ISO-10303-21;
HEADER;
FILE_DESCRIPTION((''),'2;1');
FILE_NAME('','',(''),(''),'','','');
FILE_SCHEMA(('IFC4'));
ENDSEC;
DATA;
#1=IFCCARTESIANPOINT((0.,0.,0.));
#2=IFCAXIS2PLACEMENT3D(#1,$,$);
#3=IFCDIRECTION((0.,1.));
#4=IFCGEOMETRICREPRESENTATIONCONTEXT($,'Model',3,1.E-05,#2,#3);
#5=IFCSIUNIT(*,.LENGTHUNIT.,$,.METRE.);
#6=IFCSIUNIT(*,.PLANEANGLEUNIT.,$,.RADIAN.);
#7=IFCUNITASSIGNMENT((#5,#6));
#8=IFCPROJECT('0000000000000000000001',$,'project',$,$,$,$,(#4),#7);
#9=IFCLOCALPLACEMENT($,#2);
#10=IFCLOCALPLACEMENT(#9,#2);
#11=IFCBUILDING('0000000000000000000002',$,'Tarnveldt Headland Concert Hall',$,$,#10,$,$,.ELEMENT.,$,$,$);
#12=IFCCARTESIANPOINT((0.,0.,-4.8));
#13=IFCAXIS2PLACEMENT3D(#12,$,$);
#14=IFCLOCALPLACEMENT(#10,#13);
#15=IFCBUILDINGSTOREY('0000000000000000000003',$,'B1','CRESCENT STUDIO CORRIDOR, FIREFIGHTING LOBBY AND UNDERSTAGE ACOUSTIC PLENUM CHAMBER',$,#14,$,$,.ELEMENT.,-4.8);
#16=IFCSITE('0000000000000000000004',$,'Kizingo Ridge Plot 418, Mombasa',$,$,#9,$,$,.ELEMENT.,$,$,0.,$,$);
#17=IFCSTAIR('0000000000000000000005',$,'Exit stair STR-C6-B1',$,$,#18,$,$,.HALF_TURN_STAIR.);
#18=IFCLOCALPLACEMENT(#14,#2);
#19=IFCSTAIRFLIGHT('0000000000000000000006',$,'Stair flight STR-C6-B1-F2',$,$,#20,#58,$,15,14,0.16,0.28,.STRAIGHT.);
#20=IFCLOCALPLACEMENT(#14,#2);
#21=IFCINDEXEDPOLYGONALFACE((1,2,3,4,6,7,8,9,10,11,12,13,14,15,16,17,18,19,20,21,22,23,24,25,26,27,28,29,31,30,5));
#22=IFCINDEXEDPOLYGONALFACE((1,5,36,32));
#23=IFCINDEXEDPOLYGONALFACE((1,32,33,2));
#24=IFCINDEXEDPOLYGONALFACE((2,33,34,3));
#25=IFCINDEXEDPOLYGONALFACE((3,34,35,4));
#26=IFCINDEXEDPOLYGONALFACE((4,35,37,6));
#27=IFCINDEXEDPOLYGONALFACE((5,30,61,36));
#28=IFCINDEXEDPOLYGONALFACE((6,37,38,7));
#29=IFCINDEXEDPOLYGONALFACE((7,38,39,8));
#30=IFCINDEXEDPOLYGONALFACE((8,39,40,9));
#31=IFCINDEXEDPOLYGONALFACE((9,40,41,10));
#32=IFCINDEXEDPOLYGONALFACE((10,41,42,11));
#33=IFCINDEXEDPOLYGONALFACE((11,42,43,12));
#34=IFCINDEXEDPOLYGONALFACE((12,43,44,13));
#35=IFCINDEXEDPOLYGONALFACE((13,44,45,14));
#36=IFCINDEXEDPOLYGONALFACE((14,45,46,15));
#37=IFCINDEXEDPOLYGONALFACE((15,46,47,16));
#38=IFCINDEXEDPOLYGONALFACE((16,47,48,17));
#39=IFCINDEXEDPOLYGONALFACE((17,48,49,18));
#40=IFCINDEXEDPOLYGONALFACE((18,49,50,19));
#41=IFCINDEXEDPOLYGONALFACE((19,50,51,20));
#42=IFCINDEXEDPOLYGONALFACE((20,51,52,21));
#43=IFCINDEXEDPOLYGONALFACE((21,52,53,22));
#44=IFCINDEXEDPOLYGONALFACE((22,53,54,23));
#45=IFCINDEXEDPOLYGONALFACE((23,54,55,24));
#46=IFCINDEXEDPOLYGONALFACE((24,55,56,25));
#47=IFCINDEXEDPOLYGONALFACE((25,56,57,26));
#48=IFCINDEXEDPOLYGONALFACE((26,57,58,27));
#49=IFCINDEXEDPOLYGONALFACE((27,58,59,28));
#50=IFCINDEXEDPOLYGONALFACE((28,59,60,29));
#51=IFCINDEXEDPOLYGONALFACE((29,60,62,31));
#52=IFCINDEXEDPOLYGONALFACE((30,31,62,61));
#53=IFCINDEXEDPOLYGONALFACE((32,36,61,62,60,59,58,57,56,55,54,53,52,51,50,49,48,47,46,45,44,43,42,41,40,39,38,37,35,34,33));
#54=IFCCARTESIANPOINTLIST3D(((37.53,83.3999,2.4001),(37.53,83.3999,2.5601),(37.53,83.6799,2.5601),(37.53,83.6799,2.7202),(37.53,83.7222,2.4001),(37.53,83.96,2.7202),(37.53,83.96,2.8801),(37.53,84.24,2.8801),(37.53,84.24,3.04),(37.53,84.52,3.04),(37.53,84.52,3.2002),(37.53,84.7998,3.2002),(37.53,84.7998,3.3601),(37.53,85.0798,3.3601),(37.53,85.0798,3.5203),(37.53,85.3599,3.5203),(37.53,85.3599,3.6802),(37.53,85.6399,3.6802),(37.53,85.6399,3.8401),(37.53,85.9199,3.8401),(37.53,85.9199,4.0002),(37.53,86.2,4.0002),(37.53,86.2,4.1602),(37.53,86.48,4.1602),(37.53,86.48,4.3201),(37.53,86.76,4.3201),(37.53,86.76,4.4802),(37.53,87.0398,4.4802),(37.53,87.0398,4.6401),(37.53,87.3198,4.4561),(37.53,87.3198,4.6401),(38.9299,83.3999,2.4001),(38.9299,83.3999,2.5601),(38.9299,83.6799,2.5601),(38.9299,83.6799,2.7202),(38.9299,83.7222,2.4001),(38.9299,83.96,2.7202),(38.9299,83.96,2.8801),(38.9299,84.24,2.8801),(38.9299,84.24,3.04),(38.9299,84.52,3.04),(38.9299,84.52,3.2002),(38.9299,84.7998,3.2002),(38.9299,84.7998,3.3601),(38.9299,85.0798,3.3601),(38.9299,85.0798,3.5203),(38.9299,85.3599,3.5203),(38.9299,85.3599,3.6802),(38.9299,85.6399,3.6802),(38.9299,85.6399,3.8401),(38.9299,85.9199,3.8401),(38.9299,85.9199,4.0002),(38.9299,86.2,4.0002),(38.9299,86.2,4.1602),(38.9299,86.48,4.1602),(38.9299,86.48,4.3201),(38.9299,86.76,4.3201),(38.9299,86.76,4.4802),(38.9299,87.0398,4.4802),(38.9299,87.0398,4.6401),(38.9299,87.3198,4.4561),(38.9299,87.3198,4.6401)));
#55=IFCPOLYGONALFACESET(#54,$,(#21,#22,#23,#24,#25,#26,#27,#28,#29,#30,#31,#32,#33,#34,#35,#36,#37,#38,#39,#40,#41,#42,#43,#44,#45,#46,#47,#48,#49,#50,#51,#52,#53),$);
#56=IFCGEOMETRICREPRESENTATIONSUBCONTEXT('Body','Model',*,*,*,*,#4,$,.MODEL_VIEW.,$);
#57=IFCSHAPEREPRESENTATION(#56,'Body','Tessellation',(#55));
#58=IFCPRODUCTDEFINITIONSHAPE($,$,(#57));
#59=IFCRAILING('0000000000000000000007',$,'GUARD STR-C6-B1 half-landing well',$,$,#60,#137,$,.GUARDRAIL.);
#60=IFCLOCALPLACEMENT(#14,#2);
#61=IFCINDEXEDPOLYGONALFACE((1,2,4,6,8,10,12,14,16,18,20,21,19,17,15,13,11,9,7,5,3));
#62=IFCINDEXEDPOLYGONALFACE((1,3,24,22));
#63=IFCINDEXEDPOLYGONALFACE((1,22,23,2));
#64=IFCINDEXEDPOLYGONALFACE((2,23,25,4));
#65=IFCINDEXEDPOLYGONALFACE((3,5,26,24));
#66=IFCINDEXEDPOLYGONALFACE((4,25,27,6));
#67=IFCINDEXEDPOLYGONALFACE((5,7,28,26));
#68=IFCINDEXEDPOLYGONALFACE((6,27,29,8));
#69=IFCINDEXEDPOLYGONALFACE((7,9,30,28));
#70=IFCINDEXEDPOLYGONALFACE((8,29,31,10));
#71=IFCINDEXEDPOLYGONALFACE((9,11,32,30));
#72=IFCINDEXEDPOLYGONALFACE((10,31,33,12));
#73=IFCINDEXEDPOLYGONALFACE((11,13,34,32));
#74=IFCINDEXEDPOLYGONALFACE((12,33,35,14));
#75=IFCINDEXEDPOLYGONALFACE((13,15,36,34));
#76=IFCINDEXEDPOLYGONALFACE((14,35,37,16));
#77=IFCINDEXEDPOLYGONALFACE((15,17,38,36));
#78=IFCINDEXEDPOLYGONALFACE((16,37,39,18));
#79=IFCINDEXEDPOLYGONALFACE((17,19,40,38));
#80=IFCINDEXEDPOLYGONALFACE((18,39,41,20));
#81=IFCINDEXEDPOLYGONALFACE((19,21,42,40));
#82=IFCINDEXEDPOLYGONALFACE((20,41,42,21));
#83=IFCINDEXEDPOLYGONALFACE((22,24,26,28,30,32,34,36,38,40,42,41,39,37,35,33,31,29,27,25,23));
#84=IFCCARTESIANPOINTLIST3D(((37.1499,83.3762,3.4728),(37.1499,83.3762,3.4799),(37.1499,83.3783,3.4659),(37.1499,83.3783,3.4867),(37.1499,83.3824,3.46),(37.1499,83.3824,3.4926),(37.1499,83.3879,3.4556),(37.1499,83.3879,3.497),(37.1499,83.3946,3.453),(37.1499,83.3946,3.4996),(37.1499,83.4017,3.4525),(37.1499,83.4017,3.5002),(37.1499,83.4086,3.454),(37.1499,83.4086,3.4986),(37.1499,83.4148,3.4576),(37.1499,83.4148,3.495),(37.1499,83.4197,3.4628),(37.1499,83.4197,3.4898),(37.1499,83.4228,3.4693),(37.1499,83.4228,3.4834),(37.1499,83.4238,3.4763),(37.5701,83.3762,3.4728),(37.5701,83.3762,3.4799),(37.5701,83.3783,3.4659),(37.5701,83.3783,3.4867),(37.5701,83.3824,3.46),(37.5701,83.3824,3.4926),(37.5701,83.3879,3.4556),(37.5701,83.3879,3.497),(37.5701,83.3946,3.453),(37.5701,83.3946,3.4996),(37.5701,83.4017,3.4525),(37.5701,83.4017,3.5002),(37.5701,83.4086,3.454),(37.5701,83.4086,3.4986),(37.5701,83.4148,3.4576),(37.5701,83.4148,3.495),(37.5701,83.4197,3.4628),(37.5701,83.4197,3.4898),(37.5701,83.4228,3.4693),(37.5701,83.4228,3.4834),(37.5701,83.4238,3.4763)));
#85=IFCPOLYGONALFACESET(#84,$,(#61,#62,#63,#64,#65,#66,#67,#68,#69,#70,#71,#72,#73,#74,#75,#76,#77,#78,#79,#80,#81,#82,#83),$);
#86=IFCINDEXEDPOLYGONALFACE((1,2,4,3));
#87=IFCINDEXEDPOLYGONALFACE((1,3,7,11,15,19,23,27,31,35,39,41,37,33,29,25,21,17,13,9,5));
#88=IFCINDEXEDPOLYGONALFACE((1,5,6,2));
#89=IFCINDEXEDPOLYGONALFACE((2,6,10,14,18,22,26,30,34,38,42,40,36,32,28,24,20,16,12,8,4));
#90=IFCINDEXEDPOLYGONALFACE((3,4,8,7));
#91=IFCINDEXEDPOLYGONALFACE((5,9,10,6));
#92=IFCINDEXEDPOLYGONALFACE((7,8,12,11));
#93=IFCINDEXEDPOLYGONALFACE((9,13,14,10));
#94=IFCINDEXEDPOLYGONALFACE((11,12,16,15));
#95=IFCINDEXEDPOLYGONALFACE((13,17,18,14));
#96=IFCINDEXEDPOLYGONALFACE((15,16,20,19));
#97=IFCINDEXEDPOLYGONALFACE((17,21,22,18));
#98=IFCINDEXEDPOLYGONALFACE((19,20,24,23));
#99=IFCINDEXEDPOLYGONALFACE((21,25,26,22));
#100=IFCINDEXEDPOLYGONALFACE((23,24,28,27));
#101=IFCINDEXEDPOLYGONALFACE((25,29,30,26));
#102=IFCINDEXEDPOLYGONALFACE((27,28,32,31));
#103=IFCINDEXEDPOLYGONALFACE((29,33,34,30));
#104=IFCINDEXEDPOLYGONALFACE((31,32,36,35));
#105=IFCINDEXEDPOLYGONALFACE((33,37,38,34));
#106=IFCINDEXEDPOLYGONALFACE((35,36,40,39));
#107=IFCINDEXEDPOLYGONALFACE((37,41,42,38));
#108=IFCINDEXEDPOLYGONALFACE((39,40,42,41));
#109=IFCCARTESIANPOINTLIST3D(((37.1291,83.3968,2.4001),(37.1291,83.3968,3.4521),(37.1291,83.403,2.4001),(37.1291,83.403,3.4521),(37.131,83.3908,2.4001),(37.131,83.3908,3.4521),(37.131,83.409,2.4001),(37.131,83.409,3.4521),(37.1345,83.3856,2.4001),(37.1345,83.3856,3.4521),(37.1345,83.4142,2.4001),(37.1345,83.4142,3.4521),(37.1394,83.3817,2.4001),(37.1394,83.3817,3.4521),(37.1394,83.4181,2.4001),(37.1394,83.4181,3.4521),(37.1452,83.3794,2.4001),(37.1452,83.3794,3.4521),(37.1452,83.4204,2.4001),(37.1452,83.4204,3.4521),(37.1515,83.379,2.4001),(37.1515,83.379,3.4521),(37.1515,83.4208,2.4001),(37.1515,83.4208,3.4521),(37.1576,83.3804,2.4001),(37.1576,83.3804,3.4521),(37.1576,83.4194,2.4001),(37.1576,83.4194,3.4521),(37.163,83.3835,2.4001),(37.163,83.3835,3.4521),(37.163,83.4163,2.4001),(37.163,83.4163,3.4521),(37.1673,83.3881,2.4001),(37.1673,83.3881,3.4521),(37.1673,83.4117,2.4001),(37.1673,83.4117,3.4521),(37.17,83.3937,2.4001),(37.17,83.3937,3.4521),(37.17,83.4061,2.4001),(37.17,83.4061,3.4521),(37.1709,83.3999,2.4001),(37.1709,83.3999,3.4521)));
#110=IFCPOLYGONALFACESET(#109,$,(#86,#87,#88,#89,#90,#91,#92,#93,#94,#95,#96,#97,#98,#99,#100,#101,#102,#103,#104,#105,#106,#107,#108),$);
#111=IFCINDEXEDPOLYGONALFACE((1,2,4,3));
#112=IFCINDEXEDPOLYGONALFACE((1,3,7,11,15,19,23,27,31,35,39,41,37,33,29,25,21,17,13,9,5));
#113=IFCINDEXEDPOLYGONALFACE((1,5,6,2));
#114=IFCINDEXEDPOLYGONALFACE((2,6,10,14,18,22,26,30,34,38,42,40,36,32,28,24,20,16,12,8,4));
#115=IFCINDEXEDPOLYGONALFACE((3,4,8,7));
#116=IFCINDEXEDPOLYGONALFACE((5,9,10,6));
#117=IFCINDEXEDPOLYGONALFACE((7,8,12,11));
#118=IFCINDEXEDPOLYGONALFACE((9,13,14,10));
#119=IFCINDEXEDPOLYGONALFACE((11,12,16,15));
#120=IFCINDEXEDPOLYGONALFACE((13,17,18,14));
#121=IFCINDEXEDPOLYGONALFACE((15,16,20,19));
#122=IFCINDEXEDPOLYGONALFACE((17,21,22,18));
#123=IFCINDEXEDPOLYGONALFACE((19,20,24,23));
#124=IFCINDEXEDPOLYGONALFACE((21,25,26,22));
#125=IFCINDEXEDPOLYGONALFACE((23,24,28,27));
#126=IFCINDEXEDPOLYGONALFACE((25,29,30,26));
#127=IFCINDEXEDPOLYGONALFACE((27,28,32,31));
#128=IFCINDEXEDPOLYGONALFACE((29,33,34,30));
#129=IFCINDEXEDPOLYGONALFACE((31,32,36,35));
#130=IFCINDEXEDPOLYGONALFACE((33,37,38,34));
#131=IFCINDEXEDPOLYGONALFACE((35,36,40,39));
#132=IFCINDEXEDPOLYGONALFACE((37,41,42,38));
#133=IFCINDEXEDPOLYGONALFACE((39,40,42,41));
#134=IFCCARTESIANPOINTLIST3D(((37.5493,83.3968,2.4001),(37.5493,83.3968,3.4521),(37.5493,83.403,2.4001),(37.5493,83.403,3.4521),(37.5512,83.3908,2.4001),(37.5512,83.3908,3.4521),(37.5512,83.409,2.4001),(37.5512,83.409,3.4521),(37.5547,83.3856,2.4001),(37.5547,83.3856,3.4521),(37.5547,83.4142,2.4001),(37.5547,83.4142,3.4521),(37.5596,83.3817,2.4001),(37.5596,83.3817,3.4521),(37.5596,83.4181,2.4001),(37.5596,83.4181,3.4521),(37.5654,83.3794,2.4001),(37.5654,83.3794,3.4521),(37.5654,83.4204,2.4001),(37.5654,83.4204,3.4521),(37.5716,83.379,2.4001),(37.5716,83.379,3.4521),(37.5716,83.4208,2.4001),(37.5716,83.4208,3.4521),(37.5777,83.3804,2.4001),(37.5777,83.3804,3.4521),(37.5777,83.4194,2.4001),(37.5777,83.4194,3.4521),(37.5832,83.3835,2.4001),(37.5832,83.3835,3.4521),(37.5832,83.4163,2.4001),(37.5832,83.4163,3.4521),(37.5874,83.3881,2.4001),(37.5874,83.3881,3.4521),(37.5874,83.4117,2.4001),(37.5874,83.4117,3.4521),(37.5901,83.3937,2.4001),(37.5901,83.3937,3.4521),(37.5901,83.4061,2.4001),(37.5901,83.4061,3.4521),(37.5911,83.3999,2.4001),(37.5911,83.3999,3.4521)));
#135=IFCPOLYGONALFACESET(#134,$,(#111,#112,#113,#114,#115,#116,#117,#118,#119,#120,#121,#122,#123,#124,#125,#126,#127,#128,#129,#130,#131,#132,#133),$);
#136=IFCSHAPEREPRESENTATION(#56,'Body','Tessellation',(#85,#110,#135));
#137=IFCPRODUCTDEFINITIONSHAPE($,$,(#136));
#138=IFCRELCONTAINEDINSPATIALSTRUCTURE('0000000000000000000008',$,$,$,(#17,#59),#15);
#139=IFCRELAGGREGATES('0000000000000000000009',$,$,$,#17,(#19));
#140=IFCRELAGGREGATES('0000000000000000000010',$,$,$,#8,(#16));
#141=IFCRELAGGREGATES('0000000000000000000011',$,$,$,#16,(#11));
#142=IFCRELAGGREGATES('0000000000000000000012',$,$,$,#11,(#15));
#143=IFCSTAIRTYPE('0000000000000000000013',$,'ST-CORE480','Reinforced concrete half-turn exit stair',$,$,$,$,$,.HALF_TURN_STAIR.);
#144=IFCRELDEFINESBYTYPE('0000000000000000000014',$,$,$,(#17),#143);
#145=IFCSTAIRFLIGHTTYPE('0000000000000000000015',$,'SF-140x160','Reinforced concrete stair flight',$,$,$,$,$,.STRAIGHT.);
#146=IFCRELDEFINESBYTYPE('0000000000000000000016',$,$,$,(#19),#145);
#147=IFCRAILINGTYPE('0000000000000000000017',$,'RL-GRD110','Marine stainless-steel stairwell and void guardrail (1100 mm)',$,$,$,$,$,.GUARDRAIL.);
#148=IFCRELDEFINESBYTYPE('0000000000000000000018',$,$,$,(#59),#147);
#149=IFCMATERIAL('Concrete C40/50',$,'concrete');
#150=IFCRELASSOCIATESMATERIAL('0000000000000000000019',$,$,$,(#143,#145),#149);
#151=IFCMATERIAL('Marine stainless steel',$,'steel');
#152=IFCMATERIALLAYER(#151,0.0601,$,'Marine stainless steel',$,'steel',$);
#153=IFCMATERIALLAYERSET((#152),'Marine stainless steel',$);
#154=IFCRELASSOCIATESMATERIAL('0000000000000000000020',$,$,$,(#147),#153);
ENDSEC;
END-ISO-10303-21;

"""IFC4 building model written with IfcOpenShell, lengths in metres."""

from ifc_helpers import new_model, si_unit, direction, frame, origin, origin_2d, place, context, subcontext, project, spatial, polyline, circle, outline, extrude, material, layer, layer_set, type_object, element, aggregate, save


model = new_model("IFC4")

# Units and contexts
model_context = context("Model", 3, precision=1e-05, world=origin(), true_north=direction((0.0, 1.0)))
body_context = subcontext(model_context, "Body", "Model", "MODEL_VIEW")
ifc_project = project(units=[si_unit("LENGTHUNIT", "METRE"), si_unit("PLANEANGLEUNIT", "RADIAN")], contexts=[model_context])

# Site, building, storey
site_placement = place(None, origin())
site = spatial("IfcSite", under=ifc_project, at=site_placement, Name="Kizingo Ridge Plot 418, Mombasa", CompositionType="ELEMENT", RefElevation=0.0)
building_placement = place(site_placement, origin())
building = spatial("IfcBuilding", under=site, at=building_placement, Name="Tarnveldt Headland Concert Hall", CompositionType="ELEMENT")
storey_placement = place(building_placement, frame((0.0, 0.0, -4.8)))
storey = spatial("IfcBuildingStorey", under=building, at=storey_placement, Name="B1", Description="CRESCENT STUDIO CORRIDOR, FIREFIGHTING LOBBY AND UNDERSTAGE ACOUSTIC PLENUM CHAMBER", CompositionType="ELEMENT", Elevation=-4.8)

# Shared definitions
ifc_material_1 = material(Name="Concrete C40/50", Category="concrete")

# Stair, stair flight
stair_type = type_object("IfcStairType", Name="ST-CORE480", Description="Reinforced concrete half-turn exit stair", PredefinedType="HALF_TURN_STAIR", material=ifc_material_1)
stair_placement = place(storey_placement, origin())
stair = element("IfcStair", 1, at=stair_placement, inside=storey, type_object=stair_type, Name="Exit stair STR-C6-B1", PredefinedType="HALF_TURN_STAIR")
stair_flight_type = type_object("IfcStairFlightType", Name="SF-140x160", Description="Reinforced concrete stair flight", PredefinedType="STRAIGHT", material=ifc_material_1)
stair_flight_1_placement = place(storey_placement, frame((38.23, 83.3999, 2.4001), z_axis=(0.0, 0.0, 1.0), x_axis=(0.0, 1.0, 0.0)))
stair_flight_1 = element("IfcStairFlight", 2, at=stair_flight_1_placement, type_object=stair_flight_type, Name="Stair flight STR-C6-B1-F2", NumberOfRisers=15, NumberOfTreads=14, PredefinedType="STRAIGHT", RiserHeight=0.16, TreadLength=0.28, context=body_context, shape_type="SweptSolid", body=[
    extrude(outline(polyline([(0.0, 0.0), (0.0, 0.1599), (0.28, 0.1599), (0.28, 0.3201), (0.5601, 0.3201), (0.5601, 0.48), (0.8401, 0.48), (0.8401, 0.6399), (1.1201, 0.6399), (1.1201, 0.8), (1.3999, 0.8), (1.3999, 0.96), (1.6799, 0.96), (1.6799, 1.1201), (1.96, 1.1201), (1.96, 1.28), (2.24, 1.28), (2.24, 1.4399), (2.52, 1.4399), (2.52, 1.6001), (2.8, 1.6001), (2.8, 1.76), (3.0801, 1.76), (3.0801, 1.9199), (3.3601, 1.9199), (3.3601, 2.0801), (3.6399, 2.0801), (3.6399, 2.24), (3.9199, 2.24), (3.9199, 2.3999), (3.9199, 2.0559), (0.3223, 0.0), (0.0, 0.0)])), frame((0.0, 0.7, 0.0), z_axis=(0.0, -1.0, 0.0), x_axis=(1.0, 0.0, 0.0)), (0.0, 0.0, 1.0), 1.3999),
])
aggregate(stair, [stair_flight_1])

# Railing
ifc_material_2 = material(Name="Marine stainless steel", Category="steel")
ifc_layer_1 = layer(ifc_material_2, 0.0601, Name="Marine stainless steel", Category="steel")
ifc_layer_set_1 = layer_set([ifc_layer_1], Name="Marine stainless steel")
railing_type_1 = type_object("IfcRailingType", Name="RL-GRD110", Description="Marine stainless-steel stairwell and void guardrail (1100 mm)", PredefinedType="GUARDRAIL", material=ifc_layer_set_1)
railing_1_placement = place(storey_placement, frame((37.1499, 83.3999, 2.4001)))
element("IfcRailing", 3, at=railing_1_placement, inside=storey, type_object=railing_type_1, Name="GUARD STR-C6-B1 half-landing well", PredefinedType="GUARDRAIL", context=body_context, shape_type="SweptSolid", body=[
    extrude(circle(Radius=0.0239, at=origin_2d()), frame((0.0, 0.0, 1.0762), z_axis=(1.0, 0.0, 0.0), x_axis=(0.0, 1.0, 0.0)), (0.0, 0.0, 1.0), 0.4202),
    extrude(circle(Radius=0.021, at=origin_2d()), origin(), (0.0, 0.0, 1.0), 1.052),
    extrude(circle(Radius=0.021, at=origin_2d()), frame((0.4202, 0.0, 0.0)), (0.0, 0.0, 1.0), 1.052),
])

save(model, "model.ifc")
